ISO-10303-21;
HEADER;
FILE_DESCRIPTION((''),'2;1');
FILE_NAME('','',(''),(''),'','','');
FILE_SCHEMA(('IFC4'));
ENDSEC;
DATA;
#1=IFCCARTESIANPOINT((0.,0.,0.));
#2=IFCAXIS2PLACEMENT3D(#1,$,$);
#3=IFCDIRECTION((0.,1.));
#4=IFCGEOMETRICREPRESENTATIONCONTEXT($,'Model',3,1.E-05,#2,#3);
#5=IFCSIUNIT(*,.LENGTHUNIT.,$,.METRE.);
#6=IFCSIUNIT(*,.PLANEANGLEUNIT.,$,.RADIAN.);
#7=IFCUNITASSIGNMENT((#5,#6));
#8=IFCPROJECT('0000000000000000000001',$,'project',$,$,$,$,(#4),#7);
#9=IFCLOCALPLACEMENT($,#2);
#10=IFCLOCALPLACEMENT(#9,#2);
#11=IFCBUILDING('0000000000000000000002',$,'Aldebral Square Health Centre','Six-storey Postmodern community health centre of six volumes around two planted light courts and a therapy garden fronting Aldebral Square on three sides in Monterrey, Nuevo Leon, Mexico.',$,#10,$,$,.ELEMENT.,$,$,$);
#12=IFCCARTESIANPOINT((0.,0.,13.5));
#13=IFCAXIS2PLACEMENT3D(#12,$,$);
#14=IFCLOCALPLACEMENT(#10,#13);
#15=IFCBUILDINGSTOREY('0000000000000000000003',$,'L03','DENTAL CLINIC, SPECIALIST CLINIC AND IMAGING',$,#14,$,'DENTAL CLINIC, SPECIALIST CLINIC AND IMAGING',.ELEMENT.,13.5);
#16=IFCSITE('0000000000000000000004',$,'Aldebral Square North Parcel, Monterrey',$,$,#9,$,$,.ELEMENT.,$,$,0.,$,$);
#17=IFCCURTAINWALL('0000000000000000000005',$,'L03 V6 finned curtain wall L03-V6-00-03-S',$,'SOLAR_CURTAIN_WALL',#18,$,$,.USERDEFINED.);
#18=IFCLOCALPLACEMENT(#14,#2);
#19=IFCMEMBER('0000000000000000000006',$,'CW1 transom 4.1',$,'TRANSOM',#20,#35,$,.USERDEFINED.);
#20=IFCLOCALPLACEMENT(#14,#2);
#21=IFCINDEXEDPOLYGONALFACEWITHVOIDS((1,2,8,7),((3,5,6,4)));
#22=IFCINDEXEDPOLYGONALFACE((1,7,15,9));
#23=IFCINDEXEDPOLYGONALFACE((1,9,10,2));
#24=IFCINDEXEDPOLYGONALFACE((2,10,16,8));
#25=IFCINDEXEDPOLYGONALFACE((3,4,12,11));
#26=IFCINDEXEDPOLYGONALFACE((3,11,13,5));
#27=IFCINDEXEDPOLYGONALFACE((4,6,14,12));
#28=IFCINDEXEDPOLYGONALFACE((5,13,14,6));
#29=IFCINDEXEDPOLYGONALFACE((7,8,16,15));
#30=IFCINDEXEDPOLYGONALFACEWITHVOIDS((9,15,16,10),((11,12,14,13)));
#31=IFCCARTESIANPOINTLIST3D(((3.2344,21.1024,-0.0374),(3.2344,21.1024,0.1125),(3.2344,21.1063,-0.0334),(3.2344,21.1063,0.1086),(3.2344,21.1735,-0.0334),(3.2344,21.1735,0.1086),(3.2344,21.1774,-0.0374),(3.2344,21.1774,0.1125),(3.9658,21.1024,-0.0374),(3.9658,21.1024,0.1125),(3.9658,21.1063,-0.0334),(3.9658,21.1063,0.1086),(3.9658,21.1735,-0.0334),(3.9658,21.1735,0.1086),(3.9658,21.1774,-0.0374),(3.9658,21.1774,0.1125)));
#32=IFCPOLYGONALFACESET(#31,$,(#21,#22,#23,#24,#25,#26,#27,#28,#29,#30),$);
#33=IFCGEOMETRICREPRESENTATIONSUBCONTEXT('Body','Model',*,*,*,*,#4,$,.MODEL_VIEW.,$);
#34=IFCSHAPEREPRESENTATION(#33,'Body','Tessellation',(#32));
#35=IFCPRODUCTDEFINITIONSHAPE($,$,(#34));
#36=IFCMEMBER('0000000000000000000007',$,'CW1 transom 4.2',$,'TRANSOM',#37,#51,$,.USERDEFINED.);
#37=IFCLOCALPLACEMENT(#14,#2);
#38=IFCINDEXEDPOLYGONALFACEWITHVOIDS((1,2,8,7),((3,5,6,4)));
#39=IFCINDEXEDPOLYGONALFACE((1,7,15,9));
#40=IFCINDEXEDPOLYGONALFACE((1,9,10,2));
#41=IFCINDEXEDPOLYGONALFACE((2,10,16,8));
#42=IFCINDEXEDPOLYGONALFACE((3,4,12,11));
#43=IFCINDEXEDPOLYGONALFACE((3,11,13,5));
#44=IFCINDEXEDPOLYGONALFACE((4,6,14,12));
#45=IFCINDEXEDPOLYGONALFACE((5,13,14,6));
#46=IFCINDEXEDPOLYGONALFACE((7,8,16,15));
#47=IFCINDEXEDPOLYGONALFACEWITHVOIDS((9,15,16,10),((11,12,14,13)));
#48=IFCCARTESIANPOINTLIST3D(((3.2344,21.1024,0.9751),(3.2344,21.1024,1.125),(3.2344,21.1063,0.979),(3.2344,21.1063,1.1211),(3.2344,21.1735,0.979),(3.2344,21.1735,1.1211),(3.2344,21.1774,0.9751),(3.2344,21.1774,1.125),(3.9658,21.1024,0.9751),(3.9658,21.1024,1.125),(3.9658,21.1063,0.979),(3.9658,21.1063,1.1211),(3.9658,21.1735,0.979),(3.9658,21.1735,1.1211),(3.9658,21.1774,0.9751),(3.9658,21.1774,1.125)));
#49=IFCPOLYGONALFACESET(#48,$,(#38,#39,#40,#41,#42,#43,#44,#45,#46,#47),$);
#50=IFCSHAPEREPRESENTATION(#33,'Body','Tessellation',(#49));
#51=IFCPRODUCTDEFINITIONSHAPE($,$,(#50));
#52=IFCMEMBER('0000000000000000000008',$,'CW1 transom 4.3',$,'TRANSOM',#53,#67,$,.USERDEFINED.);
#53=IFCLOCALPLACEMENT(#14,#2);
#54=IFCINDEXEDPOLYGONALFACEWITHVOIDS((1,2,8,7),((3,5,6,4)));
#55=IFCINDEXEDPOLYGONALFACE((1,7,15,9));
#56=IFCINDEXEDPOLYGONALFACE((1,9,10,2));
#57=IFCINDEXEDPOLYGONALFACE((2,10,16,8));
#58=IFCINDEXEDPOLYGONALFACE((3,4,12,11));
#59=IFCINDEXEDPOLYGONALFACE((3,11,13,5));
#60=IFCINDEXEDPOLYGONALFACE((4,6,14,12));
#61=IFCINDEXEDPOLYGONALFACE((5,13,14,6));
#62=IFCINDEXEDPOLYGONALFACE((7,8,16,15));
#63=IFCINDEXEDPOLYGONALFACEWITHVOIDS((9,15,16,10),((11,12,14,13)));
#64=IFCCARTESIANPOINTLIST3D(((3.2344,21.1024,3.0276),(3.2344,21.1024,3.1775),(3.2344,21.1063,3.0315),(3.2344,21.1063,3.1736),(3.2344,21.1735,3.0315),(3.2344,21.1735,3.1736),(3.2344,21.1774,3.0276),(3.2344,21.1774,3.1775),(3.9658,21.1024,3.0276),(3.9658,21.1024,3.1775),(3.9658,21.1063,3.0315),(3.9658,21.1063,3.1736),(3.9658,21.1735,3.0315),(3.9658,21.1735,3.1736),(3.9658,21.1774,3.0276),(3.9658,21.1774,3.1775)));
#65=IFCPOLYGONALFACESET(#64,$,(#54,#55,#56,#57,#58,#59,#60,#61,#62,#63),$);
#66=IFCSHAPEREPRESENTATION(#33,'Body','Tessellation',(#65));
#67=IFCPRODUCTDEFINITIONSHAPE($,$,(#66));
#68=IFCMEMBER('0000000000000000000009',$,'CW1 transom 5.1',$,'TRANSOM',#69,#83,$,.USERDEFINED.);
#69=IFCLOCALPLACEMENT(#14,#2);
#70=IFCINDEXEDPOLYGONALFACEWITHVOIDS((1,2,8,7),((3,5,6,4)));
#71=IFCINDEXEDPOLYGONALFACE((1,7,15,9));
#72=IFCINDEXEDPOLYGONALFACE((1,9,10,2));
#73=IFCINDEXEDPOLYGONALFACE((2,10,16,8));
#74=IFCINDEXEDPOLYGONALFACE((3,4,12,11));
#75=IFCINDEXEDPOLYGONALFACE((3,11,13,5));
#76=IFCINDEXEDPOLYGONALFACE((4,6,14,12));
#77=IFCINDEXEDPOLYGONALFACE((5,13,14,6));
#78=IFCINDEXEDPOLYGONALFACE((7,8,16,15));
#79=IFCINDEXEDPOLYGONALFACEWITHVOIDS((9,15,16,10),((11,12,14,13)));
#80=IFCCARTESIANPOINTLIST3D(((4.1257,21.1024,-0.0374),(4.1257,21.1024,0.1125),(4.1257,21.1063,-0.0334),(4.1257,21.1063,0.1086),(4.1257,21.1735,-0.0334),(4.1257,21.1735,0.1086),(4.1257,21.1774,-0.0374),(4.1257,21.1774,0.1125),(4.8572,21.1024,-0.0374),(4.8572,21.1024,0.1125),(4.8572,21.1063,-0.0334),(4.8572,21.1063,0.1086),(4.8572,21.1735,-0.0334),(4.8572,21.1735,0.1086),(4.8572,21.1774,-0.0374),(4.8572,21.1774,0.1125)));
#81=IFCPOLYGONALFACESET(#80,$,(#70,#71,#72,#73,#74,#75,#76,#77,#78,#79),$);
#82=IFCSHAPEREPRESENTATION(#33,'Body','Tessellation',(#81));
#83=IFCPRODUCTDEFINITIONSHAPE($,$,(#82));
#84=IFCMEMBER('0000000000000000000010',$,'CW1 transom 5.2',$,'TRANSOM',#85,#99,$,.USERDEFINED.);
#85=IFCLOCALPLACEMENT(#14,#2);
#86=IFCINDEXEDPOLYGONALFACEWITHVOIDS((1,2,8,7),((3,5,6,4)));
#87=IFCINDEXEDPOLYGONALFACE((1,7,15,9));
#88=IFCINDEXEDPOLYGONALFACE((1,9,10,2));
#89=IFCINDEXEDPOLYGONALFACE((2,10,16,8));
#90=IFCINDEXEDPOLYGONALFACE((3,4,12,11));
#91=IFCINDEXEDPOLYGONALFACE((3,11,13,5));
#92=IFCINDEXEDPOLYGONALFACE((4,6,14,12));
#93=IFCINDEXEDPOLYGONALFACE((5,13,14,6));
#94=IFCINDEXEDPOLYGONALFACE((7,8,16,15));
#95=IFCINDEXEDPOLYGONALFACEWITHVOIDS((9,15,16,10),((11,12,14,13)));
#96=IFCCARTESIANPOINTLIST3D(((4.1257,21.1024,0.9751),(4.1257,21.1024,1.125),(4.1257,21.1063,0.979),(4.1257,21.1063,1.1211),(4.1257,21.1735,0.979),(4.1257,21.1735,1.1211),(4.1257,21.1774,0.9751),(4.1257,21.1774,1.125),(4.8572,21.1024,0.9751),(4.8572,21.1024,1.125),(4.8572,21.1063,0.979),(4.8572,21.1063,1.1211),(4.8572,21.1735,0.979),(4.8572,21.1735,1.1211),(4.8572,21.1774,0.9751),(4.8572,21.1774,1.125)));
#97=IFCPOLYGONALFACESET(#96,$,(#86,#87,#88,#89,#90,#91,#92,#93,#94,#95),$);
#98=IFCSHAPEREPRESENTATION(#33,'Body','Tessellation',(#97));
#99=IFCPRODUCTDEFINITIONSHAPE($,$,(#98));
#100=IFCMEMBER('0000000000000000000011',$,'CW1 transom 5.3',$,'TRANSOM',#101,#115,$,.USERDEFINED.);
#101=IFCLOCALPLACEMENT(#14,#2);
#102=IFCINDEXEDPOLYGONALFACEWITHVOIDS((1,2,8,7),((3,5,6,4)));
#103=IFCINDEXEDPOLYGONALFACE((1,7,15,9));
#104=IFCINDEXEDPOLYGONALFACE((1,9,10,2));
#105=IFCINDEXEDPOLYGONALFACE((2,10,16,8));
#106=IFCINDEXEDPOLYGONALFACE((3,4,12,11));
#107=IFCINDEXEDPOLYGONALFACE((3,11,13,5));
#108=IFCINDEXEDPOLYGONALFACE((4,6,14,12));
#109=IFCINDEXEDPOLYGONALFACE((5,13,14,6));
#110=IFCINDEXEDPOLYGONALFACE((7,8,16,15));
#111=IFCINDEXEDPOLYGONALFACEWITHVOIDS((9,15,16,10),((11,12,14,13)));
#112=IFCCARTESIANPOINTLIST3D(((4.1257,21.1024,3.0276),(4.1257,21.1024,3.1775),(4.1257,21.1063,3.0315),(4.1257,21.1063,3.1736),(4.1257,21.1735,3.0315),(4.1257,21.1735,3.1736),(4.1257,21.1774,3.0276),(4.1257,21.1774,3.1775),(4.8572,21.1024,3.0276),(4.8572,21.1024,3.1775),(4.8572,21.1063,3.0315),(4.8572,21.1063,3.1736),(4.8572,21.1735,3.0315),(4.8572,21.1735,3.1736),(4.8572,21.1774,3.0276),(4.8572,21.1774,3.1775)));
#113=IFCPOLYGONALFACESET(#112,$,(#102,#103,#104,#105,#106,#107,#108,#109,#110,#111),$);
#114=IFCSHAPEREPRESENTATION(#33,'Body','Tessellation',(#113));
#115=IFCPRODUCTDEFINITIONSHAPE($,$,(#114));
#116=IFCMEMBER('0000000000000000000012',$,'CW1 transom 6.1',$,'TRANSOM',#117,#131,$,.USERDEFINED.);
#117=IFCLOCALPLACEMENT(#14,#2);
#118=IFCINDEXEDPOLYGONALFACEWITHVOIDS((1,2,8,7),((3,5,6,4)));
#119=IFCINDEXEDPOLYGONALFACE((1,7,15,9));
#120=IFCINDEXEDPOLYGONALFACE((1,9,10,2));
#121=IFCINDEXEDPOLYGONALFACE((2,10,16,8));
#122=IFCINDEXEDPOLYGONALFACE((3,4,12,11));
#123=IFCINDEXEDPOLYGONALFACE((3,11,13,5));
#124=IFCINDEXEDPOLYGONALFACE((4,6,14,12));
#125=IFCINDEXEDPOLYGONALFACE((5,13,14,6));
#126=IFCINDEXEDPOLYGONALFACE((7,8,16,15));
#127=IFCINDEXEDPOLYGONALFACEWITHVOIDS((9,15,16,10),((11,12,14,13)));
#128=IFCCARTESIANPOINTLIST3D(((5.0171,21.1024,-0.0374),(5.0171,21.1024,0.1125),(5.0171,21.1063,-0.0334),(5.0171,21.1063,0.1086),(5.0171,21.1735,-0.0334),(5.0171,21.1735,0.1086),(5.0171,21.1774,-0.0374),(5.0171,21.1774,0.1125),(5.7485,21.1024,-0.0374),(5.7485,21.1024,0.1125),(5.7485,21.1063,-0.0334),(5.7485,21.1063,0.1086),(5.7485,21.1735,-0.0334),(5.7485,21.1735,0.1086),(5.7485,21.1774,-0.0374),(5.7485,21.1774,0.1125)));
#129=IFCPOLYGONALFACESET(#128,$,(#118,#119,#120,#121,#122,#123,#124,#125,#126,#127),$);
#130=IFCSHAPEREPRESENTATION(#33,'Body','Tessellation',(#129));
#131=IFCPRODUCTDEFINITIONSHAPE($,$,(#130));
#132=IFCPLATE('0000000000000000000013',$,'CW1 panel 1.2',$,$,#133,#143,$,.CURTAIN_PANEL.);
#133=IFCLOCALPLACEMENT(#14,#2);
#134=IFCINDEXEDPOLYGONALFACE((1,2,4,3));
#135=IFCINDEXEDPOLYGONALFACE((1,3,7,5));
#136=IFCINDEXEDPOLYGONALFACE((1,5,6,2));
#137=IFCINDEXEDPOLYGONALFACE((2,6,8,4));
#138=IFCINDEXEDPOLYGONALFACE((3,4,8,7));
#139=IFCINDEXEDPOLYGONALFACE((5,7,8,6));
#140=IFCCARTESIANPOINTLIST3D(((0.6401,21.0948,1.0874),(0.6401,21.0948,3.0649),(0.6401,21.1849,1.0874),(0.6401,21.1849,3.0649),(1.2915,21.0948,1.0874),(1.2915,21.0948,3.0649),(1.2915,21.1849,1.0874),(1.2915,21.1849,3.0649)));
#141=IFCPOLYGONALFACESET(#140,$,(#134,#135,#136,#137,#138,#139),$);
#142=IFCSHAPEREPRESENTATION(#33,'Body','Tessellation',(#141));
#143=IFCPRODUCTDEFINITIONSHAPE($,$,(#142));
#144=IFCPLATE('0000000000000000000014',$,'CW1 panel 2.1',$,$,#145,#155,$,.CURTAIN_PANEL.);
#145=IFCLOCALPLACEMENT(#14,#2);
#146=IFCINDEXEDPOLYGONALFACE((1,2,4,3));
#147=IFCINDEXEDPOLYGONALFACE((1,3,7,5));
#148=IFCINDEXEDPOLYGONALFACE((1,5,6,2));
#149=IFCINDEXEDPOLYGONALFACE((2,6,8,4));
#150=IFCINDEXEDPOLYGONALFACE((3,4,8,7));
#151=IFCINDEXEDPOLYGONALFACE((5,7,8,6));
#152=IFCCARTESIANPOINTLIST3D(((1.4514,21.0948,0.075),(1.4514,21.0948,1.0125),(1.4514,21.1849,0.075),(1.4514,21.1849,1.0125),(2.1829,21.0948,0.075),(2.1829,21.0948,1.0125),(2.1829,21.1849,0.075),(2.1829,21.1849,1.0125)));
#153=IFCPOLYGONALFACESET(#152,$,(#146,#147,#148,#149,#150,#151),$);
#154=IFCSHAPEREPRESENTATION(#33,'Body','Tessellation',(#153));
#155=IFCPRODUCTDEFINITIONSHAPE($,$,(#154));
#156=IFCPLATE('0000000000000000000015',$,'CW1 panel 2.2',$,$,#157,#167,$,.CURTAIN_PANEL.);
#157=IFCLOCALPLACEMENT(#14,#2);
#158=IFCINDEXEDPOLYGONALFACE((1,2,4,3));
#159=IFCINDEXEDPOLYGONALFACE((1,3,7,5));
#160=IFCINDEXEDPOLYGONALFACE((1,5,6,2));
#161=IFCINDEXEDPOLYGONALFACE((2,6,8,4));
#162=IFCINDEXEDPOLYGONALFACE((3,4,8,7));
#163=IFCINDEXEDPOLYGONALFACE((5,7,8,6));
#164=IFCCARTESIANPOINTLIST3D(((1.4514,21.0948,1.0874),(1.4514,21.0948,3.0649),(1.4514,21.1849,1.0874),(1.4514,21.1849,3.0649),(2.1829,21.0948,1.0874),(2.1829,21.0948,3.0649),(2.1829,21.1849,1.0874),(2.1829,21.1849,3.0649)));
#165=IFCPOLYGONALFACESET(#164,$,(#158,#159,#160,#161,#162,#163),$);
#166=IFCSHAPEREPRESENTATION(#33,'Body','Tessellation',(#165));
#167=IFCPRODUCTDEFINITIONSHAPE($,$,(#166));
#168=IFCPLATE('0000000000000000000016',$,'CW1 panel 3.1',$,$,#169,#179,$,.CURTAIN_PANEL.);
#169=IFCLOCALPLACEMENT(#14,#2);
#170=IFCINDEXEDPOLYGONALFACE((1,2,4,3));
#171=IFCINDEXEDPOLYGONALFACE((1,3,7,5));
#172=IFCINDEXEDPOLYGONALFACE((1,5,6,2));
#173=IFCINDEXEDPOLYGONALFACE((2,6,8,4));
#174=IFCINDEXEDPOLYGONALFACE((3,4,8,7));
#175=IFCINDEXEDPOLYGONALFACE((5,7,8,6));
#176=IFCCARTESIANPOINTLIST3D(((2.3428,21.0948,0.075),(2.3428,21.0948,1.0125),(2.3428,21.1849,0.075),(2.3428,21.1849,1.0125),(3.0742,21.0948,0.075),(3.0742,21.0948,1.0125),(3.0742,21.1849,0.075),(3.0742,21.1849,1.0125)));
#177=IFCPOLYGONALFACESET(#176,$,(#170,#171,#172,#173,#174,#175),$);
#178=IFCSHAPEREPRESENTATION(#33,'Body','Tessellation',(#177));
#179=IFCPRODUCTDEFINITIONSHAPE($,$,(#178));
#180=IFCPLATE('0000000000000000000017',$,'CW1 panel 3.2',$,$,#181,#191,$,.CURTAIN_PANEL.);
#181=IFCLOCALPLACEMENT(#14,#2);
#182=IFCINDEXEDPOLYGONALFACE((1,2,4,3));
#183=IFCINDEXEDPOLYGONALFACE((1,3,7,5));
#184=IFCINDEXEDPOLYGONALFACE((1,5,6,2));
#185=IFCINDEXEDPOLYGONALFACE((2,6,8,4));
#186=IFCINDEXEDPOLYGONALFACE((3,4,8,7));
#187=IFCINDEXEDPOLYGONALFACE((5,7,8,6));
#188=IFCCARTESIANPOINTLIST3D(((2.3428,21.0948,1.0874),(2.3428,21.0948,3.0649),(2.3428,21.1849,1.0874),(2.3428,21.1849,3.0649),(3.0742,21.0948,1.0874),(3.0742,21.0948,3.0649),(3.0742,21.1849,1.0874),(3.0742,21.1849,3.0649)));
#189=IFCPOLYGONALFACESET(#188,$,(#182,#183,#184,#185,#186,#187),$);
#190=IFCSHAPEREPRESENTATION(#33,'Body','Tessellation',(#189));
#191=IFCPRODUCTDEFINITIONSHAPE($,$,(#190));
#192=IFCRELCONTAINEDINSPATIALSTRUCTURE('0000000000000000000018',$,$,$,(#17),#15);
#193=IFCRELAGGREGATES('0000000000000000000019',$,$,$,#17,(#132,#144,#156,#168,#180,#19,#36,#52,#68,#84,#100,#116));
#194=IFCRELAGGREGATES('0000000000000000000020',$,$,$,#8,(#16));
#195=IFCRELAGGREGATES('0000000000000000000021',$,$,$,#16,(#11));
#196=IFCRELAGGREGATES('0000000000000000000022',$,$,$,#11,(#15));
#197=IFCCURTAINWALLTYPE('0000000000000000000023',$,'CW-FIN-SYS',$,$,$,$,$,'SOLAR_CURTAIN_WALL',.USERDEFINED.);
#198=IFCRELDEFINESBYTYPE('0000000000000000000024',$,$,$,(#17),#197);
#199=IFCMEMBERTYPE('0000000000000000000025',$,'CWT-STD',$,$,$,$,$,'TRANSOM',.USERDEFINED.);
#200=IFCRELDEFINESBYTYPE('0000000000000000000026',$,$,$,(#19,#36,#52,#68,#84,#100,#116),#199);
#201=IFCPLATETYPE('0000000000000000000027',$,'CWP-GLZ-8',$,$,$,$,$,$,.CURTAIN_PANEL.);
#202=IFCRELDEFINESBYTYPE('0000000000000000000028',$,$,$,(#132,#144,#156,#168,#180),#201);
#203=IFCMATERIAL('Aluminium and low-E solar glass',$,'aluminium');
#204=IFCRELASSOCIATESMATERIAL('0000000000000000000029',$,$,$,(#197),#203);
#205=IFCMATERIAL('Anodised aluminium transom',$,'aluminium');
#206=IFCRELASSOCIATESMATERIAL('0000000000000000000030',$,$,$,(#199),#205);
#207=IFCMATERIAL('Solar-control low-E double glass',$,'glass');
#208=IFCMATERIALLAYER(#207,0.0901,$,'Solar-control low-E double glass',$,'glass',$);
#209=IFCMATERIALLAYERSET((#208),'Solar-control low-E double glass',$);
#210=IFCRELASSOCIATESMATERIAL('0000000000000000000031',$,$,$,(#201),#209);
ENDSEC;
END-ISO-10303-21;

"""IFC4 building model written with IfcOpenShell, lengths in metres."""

from ifc_helpers import new_model, si_unit, direction, frame, origin, origin_2d, place, context, subcontext, project, spatial, rectangle, hollow_rectangle, extrude, material, layer, layer_set, material_profile, profile_set, type_object, element, aggregate, save


model = new_model("IFC4")

# Units and contexts
model_context = context("Model", 3, precision=1e-05, world=origin(), true_north=direction((0.0, 1.0)))
body_context = subcontext(model_context, "Body", "Model", "MODEL_VIEW")
ifc_project = project(units=[si_unit("LENGTHUNIT", "METRE"), si_unit("PLANEANGLEUNIT", "RADIAN")], contexts=[model_context])

# Site, building, storey
site_placement = place(None, origin())
site = spatial("IfcSite", under=ifc_project, at=site_placement, Name="Aldebral Square North Parcel, Monterrey", CompositionType="ELEMENT", RefElevation=0.0)
building_placement = place(site_placement, origin())
building = spatial("IfcBuilding", under=site, at=building_placement, Name="Aldebral Square Health Centre", Description="Six-storey Postmodern community health centre of six volumes around two planted light courts and a therapy garden fronting Aldebral Square on three sides in Monterrey, Nuevo Leon, Mexico.", CompositionType="ELEMENT")
storey_placement = place(building_placement, frame((0.0, 0.0, 13.5)))
storey = spatial("IfcBuildingStorey", under=building, at=storey_placement, Name="L03", Description="DENTAL CLINIC, SPECIALIST CLINIC AND IMAGING", LongName="DENTAL CLINIC, SPECIALIST CLINIC AND IMAGING", CompositionType="ELEMENT", Elevation=13.5)

# Curtain wall, members, plates
ifc_material_1 = material(Name="Aluminium and low-E solar glass", Category="aluminium")
curtain_wall_type = type_object("IfcCurtainWallType", Name="CW-FIN-SYS", ElementType="SOLAR_CURTAIN_WALL", PredefinedType="USERDEFINED", material=ifc_material_1)
curtain_wall_placement = place(storey_placement, origin())
curtain_wall = element("IfcCurtainWall", 1, at=curtain_wall_placement, inside=storey, type_object=curtain_wall_type, Name="L03 V6 finned curtain wall L03-V6-00-03-S", ObjectType="SOLAR_CURTAIN_WALL", PredefinedType="USERDEFINED")
ifc_material_2 = material(Name="Anodised aluminium transom", Category="aluminium")
ifc_material_profile_1 = material_profile(ifc_material_2, hollow_rectangle(XDim=0.075, YDim=0.1499, WallThickness=0.0039, at=origin_2d()), Name="CWT 75x150x4")
ifc_profile_set_1 = profile_set([ifc_material_profile_1], Name="Anodised aluminium transom")
member_type_1 = type_object("IfcMemberType", Name="CWT-STD", ElementType="TRANSOM", PredefinedType="USERDEFINED", material=ifc_profile_set_1)
member_1_placement = place(storey_placement, frame((3.2344, 21.1399, 0.0376), z_axis=(1.0, 0.0, 0.0), x_axis=(0.0, 1.0, 0.0)))
member_1 = element("IfcMember", 2, at=member_1_placement, type_object=member_type_1, Name="CW1 transom 4.1", ObjectType="TRANSOM", PredefinedType="USERDEFINED", context=body_context, shape_type="SweptSolid", body=[
    extrude(hollow_rectangle(XDim=0.075, YDim=0.1499, WallThickness=0.0039, at=origin_2d()), origin(), (0.0, 0.0, 1.0), 0.7314),
])
member_2_placement = place(storey_placement, frame((3.2344, 21.1399, 1.05), z_axis=(1.0, 0.0, 0.0), x_axis=(0.0, 1.0, 0.0)))
member_2 = element("IfcMember", 3, at=member_2_placement, type_object=member_type_1, Name="CW1 transom 4.2", ObjectType="TRANSOM", PredefinedType="USERDEFINED", context=body_context, shape_type="SweptSolid", body=[
    extrude(hollow_rectangle(XDim=0.075, YDim=0.1499, WallThickness=0.0039, at=origin_2d()), origin(), (0.0, 0.0, 1.0), 0.7314),
])
member_3_placement = place(storey_placement, frame((3.2344, 21.1399, 3.1025), z_axis=(1.0, 0.0, 0.0), x_axis=(0.0, 1.0, 0.0)))
member_3 = element("IfcMember", 4, at=member_3_placement, type_object=member_type_1, Name="CW1 transom 4.3", ObjectType="TRANSOM", PredefinedType="USERDEFINED", context=body_context, shape_type="SweptSolid", body=[
    extrude(hollow_rectangle(XDim=0.075, YDim=0.1499, WallThickness=0.0039, at=origin_2d()), origin(), (0.0, 0.0, 1.0), 0.7314),
])
member_4_placement = place(storey_placement, frame((4.1257, 21.1399, 0.0376), z_axis=(1.0, 0.0, 0.0), x_axis=(0.0, 1.0, 0.0)))
member_4 = element("IfcMember", 5, at=member_4_placement, type_object=member_type_1, Name="CW1 transom 5.1", ObjectType="TRANSOM", PredefinedType="USERDEFINED", context=body_context, shape_type="SweptSolid", body=[
    extrude(hollow_rectangle(XDim=0.075, YDim=0.1499, WallThickness=0.0039, at=origin_2d()), origin(), (0.0, 0.0, 1.0), 0.7314),
])
member_5_placement = place(storey_placement, frame((4.1257, 21.1399, 1.05), z_axis=(1.0, 0.0, 0.0), x_axis=(0.0, 1.0, 0.0)))
member_5 = element("IfcMember", 6, at=member_5_placement, type_object=member_type_1, Name="CW1 transom 5.2", ObjectType="TRANSOM", PredefinedType="USERDEFINED", context=body_context, shape_type="SweptSolid", body=[
    extrude(hollow_rectangle(XDim=0.075, YDim=0.1499, WallThickness=0.0039, at=origin_2d()), origin(), (0.0, 0.0, 1.0), 0.7314),
])
member_6_placement = place(storey_placement, frame((4.1257, 21.1399, 3.1025), z_axis=(1.0, 0.0, 0.0), x_axis=(0.0, 1.0, 0.0)))
member_6 = element("IfcMember", 7, at=member_6_placement, type_object=member_type_1, Name="CW1 transom 5.3", ObjectType="TRANSOM", PredefinedType="USERDEFINED", context=body_context, shape_type="SweptSolid", body=[
    extrude(hollow_rectangle(XDim=0.075, YDim=0.1499, WallThickness=0.0039, at=origin_2d()), origin(), (0.0, 0.0, 1.0), 0.7314),
])
member_7_placement = place(storey_placement, frame((5.0171, 21.1399, 0.0376), z_axis=(1.0, 0.0, 0.0), x_axis=(0.0, 1.0, 0.0)))
member_7 = element("IfcMember", 8, at=member_7_placement, type_object=member_type_1, Name="CW1 transom 6.1", ObjectType="TRANSOM", PredefinedType="USERDEFINED", context=body_context, shape_type="SweptSolid", body=[
    extrude(hollow_rectangle(XDim=0.075, YDim=0.1499, WallThickness=0.0039, at=origin_2d()), origin(), (0.0, 0.0, 1.0), 0.7314),
])
ifc_material_3 = material(Name="Solar-control low-E double glass", Category="glass")
ifc_layer = layer(ifc_material_3, 0.0901, Name="Solar-control low-E double glass", Category="glass")
ifc_layer_set = layer_set([ifc_layer], Name="Solar-control low-E double glass")
plate_type = type_object("IfcPlateType", Name="CWP-GLZ-8", PredefinedType="CURTAIN_PANEL", material=ifc_layer_set)
plate_1_placement = place(storey_placement, frame((0.9658, 21.1399, 1.0874), z_axis=(0.0, 0.0, 1.0), x_axis=(1.0, 0.0, 0.0)))
plate_1 = element("IfcPlate", 9, at=plate_1_placement, type_object=plate_type, Name="CW1 panel 1.2", PredefinedType="CURTAIN_PANEL", context=body_context, shape_type="SweptSolid", body=[
    extrude(rectangle(XDim=0.6514, YDim=0.0901, at=origin_2d()), origin(), (0.0, 0.0, 1.0), 1.9775),
])
plate_2_placement = place(storey_placement, frame((1.8171, 21.1399, 0.075), z_axis=(0.0, 0.0, 1.0), x_axis=(1.0, 0.0, 0.0)))
plate_2 = element("IfcPlate", 10, at=plate_2_placement, type_object=plate_type, Name="CW1 panel 2.1", PredefinedType="CURTAIN_PANEL", context=body_context, shape_type="SweptSolid", body=[
    extrude(rectangle(XDim=0.7314, YDim=0.0901, at=origin_2d()), origin(), (0.0, 0.0, 1.0), 0.9375),
])
plate_3_placement = place(storey_placement, frame((1.8171, 21.1399, 1.0874), z_axis=(0.0, 0.0, 1.0), x_axis=(1.0, 0.0, 0.0)))
plate_3 = element("IfcPlate", 11, at=plate_3_placement, type_object=plate_type, Name="CW1 panel 2.2", PredefinedType="CURTAIN_PANEL", context=body_context, shape_type="SweptSolid", body=[
    extrude(rectangle(XDim=0.7314, YDim=0.0901, at=origin_2d()), origin(), (0.0, 0.0, 1.0), 1.9775),
])
plate_4_placement = place(storey_placement, frame((2.7085, 21.1399, 0.075), z_axis=(0.0, 0.0, 1.0), x_axis=(1.0, 0.0, 0.0)))
plate_4 = element("IfcPlate", 12, at=plate_4_placement, type_object=plate_type, Name="CW1 panel 3.1", PredefinedType="CURTAIN_PANEL", context=body_context, shape_type="SweptSolid", body=[
    extrude(rectangle(XDim=0.7314, YDim=0.0901, at=origin_2d()), origin(), (0.0, 0.0, 1.0), 0.9375),
])
plate_5_placement = place(storey_placement, frame((2.7085, 21.1399, 1.0874), z_axis=(0.0, 0.0, 1.0), x_axis=(1.0, 0.0, 0.0)))
plate_5 = element("IfcPlate", 13, at=plate_5_placement, type_object=plate_type, Name="CW1 panel 3.2", PredefinedType="CURTAIN_PANEL", context=body_context, shape_type="SweptSolid", body=[
    extrude(rectangle(XDim=0.7314, YDim=0.0901, at=origin_2d()), origin(), (0.0, 0.0, 1.0), 1.9775),
])
aggregate(curtain_wall, [plate_1, plate_2, plate_3, plate_4, plate_5, member_1, member_2, member_3, member_4, member_5, member_6, member_7])

save(model, "model.ifc")
